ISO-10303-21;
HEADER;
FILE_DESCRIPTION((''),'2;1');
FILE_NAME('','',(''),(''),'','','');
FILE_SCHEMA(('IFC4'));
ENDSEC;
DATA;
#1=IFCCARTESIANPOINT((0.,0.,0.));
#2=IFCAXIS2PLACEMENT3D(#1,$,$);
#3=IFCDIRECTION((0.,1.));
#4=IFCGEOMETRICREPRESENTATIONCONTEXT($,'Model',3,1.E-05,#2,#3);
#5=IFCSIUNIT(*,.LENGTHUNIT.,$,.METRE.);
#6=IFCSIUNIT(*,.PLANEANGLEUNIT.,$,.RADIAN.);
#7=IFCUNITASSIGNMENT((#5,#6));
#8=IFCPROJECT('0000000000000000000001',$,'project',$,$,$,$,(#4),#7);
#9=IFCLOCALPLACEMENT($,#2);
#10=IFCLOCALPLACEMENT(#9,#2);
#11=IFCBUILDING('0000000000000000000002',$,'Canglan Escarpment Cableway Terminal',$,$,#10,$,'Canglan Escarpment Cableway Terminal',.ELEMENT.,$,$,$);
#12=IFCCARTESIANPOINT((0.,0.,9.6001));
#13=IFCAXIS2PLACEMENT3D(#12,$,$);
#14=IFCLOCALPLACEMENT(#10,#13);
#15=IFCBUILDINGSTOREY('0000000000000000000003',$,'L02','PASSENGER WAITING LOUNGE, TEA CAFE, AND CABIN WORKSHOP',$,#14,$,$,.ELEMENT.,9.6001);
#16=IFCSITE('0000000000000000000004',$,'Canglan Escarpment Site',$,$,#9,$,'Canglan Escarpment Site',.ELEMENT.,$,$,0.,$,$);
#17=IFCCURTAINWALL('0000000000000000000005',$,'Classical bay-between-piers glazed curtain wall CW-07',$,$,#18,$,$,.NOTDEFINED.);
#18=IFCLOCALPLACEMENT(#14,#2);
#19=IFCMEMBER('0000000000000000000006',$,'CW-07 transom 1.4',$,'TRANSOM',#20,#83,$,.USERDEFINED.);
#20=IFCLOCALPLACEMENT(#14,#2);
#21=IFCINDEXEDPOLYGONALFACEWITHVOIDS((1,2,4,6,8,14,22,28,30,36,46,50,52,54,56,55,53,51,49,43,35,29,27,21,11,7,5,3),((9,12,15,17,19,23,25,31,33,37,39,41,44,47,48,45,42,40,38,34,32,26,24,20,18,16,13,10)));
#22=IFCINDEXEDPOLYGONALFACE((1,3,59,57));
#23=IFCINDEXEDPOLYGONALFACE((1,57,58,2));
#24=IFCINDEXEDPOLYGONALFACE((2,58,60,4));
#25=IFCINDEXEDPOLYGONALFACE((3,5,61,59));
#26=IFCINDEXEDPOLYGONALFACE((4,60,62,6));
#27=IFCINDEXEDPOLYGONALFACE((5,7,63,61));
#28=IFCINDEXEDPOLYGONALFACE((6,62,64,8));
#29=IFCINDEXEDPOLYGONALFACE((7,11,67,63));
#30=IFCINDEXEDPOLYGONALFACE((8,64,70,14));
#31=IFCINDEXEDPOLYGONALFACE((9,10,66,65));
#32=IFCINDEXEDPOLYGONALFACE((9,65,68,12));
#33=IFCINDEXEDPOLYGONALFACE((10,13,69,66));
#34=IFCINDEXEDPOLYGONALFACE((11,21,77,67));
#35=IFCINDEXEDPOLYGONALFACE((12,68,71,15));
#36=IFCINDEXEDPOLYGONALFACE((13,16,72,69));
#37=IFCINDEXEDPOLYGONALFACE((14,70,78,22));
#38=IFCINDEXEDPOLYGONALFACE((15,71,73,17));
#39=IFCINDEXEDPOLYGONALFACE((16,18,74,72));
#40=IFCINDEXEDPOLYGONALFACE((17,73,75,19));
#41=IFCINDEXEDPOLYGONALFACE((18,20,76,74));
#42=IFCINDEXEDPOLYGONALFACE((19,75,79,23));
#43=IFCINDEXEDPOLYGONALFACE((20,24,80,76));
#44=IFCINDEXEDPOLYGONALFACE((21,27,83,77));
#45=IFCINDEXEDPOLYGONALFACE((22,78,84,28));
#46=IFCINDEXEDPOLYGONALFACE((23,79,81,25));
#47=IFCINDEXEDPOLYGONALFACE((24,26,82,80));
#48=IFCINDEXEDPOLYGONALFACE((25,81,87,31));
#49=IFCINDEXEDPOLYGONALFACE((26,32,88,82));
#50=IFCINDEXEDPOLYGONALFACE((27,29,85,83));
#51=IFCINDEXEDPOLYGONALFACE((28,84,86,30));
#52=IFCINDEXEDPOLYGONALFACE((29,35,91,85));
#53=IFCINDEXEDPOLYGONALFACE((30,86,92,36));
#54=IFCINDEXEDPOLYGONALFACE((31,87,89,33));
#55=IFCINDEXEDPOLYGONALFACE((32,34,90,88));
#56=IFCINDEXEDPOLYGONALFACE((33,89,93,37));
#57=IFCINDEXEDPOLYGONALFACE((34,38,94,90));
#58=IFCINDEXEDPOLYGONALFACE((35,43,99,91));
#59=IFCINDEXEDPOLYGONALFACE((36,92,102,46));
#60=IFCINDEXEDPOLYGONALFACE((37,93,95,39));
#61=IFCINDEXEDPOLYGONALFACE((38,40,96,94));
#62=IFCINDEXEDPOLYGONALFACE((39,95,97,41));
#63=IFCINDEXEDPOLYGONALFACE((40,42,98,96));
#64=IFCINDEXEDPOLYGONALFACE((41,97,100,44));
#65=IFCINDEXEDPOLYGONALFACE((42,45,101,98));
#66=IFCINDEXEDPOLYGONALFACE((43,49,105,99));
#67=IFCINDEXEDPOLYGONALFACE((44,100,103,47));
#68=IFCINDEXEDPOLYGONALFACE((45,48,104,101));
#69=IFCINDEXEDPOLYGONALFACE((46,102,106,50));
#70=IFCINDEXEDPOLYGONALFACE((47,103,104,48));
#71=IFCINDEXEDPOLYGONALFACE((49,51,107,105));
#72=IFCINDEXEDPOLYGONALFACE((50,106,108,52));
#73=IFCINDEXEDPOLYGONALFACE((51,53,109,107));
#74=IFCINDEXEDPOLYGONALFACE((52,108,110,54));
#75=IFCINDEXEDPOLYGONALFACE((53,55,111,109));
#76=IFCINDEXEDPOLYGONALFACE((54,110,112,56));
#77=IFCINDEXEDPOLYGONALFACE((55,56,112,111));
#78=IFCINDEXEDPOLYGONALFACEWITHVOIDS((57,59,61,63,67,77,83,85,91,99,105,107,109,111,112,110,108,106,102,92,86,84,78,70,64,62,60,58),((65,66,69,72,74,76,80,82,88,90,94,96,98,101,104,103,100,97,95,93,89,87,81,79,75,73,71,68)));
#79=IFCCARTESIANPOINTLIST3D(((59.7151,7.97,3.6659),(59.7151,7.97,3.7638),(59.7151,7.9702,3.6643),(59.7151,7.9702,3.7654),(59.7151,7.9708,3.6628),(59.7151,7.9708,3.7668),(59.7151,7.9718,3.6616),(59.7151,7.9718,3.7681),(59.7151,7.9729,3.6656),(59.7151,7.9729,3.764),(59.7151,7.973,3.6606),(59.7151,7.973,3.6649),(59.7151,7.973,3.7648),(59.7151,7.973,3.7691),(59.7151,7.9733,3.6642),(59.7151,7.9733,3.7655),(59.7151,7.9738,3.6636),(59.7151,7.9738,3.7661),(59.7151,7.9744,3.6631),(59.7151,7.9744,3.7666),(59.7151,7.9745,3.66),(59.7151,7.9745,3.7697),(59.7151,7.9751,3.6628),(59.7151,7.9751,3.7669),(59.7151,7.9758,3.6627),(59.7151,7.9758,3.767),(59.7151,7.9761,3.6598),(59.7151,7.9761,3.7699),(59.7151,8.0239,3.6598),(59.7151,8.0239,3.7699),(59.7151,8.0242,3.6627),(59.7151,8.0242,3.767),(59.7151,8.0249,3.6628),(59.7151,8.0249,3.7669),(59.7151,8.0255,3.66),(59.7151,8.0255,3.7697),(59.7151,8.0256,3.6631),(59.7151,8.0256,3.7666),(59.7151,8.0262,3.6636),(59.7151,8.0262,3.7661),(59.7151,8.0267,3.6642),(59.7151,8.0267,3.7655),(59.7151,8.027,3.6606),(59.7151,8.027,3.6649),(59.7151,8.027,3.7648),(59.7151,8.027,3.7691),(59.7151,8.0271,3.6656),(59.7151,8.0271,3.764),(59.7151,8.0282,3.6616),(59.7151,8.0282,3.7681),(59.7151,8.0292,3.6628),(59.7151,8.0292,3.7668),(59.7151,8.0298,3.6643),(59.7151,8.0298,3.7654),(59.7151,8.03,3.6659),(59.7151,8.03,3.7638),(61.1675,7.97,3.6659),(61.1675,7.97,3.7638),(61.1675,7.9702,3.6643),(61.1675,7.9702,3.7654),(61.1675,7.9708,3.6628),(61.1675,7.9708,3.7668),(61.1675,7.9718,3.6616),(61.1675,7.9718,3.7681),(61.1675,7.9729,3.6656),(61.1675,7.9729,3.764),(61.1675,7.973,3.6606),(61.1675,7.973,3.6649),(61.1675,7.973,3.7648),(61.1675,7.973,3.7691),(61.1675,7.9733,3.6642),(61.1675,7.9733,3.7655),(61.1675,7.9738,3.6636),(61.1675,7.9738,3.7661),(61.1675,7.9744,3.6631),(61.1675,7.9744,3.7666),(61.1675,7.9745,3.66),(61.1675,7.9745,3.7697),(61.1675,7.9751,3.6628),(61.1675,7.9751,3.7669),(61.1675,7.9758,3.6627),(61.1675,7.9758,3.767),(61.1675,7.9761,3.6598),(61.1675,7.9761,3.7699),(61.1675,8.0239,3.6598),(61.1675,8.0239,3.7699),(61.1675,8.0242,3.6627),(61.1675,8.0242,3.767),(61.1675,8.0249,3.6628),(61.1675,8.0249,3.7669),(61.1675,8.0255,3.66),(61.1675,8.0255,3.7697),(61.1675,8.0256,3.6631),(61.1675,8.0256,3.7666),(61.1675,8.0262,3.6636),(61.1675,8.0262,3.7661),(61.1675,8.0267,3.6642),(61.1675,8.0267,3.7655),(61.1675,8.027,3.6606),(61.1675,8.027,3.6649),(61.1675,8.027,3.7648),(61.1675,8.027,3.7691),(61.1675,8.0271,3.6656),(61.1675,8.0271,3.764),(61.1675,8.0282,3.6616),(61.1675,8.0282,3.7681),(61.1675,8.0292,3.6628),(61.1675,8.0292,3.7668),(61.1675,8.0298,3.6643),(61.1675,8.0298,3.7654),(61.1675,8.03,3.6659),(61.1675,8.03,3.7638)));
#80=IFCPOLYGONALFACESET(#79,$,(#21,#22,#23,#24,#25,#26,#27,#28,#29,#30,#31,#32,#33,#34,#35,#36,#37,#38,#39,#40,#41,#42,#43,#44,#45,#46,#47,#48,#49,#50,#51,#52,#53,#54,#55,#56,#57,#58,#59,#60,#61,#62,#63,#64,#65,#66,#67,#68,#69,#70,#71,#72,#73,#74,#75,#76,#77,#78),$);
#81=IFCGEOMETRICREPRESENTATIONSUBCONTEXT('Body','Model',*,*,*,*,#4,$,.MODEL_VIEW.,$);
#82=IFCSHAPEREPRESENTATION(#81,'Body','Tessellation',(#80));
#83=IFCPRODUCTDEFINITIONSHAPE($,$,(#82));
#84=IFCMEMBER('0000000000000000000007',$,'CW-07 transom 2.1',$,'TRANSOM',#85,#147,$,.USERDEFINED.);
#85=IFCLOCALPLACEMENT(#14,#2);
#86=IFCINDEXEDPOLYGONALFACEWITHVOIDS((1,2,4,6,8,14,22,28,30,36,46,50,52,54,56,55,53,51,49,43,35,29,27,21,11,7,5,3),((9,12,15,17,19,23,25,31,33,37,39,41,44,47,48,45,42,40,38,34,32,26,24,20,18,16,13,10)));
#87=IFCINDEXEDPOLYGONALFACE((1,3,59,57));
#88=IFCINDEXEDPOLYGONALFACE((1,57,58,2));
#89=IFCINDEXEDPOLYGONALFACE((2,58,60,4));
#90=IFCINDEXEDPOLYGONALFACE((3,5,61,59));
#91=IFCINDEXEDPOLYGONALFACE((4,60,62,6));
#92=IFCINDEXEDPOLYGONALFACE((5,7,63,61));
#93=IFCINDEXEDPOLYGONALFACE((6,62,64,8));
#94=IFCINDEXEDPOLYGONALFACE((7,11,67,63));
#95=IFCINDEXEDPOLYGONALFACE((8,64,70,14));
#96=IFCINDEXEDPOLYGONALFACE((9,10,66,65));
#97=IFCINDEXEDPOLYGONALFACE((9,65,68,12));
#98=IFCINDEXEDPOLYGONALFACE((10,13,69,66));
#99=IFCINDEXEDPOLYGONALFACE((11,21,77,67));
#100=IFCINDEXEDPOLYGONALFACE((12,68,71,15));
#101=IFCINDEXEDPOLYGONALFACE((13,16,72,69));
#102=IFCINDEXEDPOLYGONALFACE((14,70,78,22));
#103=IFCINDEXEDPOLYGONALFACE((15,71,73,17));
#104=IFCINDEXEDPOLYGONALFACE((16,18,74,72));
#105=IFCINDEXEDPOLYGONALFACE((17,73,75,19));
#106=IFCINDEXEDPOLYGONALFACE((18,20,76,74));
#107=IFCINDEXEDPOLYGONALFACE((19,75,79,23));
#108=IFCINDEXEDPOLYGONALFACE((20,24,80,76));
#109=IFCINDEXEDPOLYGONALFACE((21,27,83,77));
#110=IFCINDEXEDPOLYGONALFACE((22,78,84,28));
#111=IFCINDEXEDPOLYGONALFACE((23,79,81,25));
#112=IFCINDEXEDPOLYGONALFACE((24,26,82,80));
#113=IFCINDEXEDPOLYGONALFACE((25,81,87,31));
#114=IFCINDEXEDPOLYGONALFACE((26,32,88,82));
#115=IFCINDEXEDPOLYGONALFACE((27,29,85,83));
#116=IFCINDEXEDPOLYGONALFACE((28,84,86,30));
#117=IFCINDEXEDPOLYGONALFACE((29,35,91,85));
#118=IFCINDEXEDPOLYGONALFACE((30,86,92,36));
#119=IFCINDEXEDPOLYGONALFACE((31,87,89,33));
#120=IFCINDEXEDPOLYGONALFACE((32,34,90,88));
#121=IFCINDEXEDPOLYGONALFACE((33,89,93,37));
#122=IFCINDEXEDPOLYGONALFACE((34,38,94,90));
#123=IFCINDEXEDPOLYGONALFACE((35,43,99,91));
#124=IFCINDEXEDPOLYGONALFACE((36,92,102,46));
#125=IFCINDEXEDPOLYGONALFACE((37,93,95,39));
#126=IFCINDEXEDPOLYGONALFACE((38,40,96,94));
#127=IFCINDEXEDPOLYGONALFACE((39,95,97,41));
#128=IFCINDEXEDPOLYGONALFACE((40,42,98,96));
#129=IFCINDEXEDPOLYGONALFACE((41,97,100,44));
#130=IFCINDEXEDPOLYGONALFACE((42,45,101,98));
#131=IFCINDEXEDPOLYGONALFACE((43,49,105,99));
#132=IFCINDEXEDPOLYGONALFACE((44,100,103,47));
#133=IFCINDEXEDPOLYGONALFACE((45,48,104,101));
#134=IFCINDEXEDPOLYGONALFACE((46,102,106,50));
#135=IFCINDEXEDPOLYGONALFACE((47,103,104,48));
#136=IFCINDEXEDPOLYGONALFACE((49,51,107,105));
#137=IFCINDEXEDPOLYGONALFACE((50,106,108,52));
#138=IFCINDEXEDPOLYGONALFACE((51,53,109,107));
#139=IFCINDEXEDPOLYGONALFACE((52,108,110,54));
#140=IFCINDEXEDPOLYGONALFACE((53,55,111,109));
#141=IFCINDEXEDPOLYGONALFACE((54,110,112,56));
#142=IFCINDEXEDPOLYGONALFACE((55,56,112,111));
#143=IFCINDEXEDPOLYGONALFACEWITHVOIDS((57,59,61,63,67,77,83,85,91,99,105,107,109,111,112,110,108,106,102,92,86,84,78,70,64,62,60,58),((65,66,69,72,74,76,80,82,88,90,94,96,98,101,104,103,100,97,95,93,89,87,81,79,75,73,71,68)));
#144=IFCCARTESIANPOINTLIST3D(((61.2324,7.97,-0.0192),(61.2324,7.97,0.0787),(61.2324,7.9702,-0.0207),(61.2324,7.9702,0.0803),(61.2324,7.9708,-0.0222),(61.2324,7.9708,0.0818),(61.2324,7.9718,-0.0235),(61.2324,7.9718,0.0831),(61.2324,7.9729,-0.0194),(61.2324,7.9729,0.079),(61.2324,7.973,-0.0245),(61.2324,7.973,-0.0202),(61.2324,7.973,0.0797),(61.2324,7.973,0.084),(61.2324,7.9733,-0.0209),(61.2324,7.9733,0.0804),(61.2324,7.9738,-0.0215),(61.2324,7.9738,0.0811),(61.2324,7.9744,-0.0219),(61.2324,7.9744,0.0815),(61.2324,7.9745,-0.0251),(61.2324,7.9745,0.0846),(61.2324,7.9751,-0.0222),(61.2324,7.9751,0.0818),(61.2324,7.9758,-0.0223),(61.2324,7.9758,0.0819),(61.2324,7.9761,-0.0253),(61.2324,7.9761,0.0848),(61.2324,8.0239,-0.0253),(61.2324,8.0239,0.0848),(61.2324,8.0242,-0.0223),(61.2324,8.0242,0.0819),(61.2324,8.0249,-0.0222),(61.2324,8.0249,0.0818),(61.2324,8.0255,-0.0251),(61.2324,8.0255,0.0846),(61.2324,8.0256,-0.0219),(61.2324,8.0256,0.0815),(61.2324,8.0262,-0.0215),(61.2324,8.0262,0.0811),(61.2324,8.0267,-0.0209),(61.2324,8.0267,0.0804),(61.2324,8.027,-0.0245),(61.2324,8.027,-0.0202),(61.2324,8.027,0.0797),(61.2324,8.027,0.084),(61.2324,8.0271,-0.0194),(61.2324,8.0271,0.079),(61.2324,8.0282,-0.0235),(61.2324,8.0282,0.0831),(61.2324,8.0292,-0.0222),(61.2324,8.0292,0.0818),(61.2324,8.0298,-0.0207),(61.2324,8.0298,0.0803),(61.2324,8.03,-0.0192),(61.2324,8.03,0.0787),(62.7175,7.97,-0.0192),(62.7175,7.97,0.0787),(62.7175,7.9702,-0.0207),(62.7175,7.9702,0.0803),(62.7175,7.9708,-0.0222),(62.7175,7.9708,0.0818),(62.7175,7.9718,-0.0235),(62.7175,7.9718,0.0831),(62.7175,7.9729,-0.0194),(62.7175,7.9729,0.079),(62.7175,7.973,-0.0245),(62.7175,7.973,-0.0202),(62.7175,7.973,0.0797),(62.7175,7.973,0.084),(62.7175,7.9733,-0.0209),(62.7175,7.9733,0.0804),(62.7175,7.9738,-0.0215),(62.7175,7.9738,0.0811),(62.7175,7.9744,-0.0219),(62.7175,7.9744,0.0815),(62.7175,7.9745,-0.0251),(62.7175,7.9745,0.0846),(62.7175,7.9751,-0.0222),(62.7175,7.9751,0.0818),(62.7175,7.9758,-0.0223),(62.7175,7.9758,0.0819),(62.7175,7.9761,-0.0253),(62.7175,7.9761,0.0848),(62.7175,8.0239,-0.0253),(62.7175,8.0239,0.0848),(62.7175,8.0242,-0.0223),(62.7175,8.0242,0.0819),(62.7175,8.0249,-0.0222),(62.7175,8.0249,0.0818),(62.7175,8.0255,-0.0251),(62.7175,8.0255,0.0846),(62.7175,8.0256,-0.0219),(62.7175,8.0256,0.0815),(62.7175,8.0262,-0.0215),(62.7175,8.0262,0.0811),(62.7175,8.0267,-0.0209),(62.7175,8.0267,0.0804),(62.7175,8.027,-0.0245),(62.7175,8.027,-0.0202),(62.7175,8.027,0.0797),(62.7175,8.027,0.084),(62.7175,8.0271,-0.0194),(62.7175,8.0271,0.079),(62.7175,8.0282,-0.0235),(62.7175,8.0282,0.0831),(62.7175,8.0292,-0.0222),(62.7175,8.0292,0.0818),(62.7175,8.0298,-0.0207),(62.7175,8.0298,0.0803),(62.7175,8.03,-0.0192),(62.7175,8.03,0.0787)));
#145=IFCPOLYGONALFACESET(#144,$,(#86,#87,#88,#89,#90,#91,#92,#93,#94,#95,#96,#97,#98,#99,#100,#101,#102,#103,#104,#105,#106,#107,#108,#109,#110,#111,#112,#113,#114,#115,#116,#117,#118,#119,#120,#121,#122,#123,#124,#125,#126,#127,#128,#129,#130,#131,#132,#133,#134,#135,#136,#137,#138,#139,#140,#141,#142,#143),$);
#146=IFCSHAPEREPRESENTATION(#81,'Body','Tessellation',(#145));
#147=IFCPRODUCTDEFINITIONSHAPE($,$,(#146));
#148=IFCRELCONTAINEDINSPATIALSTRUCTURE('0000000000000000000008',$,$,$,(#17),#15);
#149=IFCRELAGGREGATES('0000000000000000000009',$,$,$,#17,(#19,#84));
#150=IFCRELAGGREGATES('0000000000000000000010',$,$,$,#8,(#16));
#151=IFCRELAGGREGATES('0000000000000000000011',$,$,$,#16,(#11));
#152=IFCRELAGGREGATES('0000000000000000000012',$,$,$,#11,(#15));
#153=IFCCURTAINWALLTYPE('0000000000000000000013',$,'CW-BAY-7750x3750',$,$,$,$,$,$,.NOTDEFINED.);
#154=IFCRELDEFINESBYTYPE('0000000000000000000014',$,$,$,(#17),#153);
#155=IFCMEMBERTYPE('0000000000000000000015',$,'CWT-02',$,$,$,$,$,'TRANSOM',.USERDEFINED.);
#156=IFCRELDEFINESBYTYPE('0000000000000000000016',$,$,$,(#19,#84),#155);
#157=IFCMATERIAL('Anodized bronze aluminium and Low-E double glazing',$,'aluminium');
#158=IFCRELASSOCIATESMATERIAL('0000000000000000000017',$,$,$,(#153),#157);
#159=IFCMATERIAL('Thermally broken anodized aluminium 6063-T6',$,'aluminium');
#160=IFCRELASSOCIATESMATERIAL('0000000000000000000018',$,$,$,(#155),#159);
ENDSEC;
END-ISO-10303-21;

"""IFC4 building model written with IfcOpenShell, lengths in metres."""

from ifc_helpers import new_model, si_unit, direction, frame, origin, origin_2d, place, context, subcontext, project, spatial, hollow_rectangle, extrude, material, material_profile, profile_set, type_object, element, aggregate, save


model = new_model("IFC4")

# Units and contexts
model_context = context("Model", 3, precision=1e-05, world=origin(), true_north=direction((0.0, 1.0)))
body_context = subcontext(model_context, "Body", "Model", "MODEL_VIEW")
ifc_project = project(units=[si_unit("LENGTHUNIT", "METRE"), si_unit("PLANEANGLEUNIT", "RADIAN")], contexts=[model_context])

# Site, building, storey
site_placement = place(None, origin())
site = spatial("IfcSite", under=ifc_project, at=site_placement, Name="Canglan Escarpment Site", LongName="Canglan Escarpment Site", CompositionType="ELEMENT", RefElevation=0.0)
building_placement = place(site_placement, origin())
building = spatial("IfcBuilding", under=site, at=building_placement, Name="Canglan Escarpment Cableway Terminal", LongName="Canglan Escarpment Cableway Terminal", CompositionType="ELEMENT")
storey_placement = place(building_placement, frame((0.0, 0.0, 9.6001)))
storey = spatial("IfcBuildingStorey", under=building, at=storey_placement, Name="L02", Description="PASSENGER WAITING LOUNGE, TEA CAFE, AND CABIN WORKSHOP", CompositionType="ELEMENT", Elevation=9.6001)

# Curtain wall, members
ifc_material_1 = material(Name="Anodized bronze aluminium and Low-E double glazing", Category="aluminium")
curtain_wall_type = type_object("IfcCurtainWallType", Name="CW-BAY-7750x3750", PredefinedType="NOTDEFINED", material=ifc_material_1)
curtain_wall_placement = place(storey_placement, origin())
curtain_wall = element("IfcCurtainWall", 1, at=curtain_wall_placement, inside=storey, type_object=curtain_wall_type, Name="Classical bay-between-piers glazed curtain wall CW-07", PredefinedType="NOTDEFINED")
ifc_material_2 = material(Name="Thermally broken anodized aluminium 6063-T6", Category="aluminium")
ifc_material_profile_1 = material_profile(ifc_material_2, hollow_rectangle(XDim=0.0601, YDim=0.1101, WallThickness=0.0029, InnerFilletRadius=0.0029, OuterFilletRadius=0.0061, at=origin_2d()), Name="ALU-TRAN 60x110x3")
ifc_profile_set_1 = profile_set([ifc_material_profile_1], Name="Thermally broken anodized aluminium 6063-T6")
member_type_1 = type_object("IfcMemberType", Name="CWT-02", ElementType="TRANSOM", PredefinedType="USERDEFINED", material=ifc_profile_set_1)
member_1_placement = place(storey_placement, frame((59.7151, 8.0, 3.7148), z_axis=(1.0, 0.0, 0.0), x_axis=(0.0, 1.0, 0.0)))
member_1 = element("IfcMember", 2, at=member_1_placement, type_object=member_type_1, Name="CW-07 transom 1.4", ObjectType="TRANSOM", PredefinedType="USERDEFINED", context=body_context, shape_type="SweptSolid", body=[
    extrude(hollow_rectangle(XDim=0.0601, YDim=0.1101, WallThickness=0.0029, InnerFilletRadius=0.0029, OuterFilletRadius=0.0061, at=origin_2d()), origin(), (0.0, 0.0, 1.0), 1.4524),
])
member_2_placement = place(storey_placement, frame((61.2324, 8.0, 0.0298), z_axis=(1.0, 0.0, 0.0), x_axis=(0.0, 1.0, 0.0)))
member_2 = element("IfcMember", 3, at=member_2_placement, type_object=member_type_1, Name="CW-07 transom 2.1", ObjectType="TRANSOM", PredefinedType="USERDEFINED", context=body_context, shape_type="SweptSolid", body=[
    extrude(hollow_rectangle(XDim=0.0601, YDim=0.1101, WallThickness=0.0029, InnerFilletRadius=0.0029, OuterFilletRadius=0.0061, at=origin_2d()), origin(), (0.0, 0.0, 1.0), 1.4851),
])

aggregate(curtain_wall, [member_1, member_2])

save(model, "model.ifc")
